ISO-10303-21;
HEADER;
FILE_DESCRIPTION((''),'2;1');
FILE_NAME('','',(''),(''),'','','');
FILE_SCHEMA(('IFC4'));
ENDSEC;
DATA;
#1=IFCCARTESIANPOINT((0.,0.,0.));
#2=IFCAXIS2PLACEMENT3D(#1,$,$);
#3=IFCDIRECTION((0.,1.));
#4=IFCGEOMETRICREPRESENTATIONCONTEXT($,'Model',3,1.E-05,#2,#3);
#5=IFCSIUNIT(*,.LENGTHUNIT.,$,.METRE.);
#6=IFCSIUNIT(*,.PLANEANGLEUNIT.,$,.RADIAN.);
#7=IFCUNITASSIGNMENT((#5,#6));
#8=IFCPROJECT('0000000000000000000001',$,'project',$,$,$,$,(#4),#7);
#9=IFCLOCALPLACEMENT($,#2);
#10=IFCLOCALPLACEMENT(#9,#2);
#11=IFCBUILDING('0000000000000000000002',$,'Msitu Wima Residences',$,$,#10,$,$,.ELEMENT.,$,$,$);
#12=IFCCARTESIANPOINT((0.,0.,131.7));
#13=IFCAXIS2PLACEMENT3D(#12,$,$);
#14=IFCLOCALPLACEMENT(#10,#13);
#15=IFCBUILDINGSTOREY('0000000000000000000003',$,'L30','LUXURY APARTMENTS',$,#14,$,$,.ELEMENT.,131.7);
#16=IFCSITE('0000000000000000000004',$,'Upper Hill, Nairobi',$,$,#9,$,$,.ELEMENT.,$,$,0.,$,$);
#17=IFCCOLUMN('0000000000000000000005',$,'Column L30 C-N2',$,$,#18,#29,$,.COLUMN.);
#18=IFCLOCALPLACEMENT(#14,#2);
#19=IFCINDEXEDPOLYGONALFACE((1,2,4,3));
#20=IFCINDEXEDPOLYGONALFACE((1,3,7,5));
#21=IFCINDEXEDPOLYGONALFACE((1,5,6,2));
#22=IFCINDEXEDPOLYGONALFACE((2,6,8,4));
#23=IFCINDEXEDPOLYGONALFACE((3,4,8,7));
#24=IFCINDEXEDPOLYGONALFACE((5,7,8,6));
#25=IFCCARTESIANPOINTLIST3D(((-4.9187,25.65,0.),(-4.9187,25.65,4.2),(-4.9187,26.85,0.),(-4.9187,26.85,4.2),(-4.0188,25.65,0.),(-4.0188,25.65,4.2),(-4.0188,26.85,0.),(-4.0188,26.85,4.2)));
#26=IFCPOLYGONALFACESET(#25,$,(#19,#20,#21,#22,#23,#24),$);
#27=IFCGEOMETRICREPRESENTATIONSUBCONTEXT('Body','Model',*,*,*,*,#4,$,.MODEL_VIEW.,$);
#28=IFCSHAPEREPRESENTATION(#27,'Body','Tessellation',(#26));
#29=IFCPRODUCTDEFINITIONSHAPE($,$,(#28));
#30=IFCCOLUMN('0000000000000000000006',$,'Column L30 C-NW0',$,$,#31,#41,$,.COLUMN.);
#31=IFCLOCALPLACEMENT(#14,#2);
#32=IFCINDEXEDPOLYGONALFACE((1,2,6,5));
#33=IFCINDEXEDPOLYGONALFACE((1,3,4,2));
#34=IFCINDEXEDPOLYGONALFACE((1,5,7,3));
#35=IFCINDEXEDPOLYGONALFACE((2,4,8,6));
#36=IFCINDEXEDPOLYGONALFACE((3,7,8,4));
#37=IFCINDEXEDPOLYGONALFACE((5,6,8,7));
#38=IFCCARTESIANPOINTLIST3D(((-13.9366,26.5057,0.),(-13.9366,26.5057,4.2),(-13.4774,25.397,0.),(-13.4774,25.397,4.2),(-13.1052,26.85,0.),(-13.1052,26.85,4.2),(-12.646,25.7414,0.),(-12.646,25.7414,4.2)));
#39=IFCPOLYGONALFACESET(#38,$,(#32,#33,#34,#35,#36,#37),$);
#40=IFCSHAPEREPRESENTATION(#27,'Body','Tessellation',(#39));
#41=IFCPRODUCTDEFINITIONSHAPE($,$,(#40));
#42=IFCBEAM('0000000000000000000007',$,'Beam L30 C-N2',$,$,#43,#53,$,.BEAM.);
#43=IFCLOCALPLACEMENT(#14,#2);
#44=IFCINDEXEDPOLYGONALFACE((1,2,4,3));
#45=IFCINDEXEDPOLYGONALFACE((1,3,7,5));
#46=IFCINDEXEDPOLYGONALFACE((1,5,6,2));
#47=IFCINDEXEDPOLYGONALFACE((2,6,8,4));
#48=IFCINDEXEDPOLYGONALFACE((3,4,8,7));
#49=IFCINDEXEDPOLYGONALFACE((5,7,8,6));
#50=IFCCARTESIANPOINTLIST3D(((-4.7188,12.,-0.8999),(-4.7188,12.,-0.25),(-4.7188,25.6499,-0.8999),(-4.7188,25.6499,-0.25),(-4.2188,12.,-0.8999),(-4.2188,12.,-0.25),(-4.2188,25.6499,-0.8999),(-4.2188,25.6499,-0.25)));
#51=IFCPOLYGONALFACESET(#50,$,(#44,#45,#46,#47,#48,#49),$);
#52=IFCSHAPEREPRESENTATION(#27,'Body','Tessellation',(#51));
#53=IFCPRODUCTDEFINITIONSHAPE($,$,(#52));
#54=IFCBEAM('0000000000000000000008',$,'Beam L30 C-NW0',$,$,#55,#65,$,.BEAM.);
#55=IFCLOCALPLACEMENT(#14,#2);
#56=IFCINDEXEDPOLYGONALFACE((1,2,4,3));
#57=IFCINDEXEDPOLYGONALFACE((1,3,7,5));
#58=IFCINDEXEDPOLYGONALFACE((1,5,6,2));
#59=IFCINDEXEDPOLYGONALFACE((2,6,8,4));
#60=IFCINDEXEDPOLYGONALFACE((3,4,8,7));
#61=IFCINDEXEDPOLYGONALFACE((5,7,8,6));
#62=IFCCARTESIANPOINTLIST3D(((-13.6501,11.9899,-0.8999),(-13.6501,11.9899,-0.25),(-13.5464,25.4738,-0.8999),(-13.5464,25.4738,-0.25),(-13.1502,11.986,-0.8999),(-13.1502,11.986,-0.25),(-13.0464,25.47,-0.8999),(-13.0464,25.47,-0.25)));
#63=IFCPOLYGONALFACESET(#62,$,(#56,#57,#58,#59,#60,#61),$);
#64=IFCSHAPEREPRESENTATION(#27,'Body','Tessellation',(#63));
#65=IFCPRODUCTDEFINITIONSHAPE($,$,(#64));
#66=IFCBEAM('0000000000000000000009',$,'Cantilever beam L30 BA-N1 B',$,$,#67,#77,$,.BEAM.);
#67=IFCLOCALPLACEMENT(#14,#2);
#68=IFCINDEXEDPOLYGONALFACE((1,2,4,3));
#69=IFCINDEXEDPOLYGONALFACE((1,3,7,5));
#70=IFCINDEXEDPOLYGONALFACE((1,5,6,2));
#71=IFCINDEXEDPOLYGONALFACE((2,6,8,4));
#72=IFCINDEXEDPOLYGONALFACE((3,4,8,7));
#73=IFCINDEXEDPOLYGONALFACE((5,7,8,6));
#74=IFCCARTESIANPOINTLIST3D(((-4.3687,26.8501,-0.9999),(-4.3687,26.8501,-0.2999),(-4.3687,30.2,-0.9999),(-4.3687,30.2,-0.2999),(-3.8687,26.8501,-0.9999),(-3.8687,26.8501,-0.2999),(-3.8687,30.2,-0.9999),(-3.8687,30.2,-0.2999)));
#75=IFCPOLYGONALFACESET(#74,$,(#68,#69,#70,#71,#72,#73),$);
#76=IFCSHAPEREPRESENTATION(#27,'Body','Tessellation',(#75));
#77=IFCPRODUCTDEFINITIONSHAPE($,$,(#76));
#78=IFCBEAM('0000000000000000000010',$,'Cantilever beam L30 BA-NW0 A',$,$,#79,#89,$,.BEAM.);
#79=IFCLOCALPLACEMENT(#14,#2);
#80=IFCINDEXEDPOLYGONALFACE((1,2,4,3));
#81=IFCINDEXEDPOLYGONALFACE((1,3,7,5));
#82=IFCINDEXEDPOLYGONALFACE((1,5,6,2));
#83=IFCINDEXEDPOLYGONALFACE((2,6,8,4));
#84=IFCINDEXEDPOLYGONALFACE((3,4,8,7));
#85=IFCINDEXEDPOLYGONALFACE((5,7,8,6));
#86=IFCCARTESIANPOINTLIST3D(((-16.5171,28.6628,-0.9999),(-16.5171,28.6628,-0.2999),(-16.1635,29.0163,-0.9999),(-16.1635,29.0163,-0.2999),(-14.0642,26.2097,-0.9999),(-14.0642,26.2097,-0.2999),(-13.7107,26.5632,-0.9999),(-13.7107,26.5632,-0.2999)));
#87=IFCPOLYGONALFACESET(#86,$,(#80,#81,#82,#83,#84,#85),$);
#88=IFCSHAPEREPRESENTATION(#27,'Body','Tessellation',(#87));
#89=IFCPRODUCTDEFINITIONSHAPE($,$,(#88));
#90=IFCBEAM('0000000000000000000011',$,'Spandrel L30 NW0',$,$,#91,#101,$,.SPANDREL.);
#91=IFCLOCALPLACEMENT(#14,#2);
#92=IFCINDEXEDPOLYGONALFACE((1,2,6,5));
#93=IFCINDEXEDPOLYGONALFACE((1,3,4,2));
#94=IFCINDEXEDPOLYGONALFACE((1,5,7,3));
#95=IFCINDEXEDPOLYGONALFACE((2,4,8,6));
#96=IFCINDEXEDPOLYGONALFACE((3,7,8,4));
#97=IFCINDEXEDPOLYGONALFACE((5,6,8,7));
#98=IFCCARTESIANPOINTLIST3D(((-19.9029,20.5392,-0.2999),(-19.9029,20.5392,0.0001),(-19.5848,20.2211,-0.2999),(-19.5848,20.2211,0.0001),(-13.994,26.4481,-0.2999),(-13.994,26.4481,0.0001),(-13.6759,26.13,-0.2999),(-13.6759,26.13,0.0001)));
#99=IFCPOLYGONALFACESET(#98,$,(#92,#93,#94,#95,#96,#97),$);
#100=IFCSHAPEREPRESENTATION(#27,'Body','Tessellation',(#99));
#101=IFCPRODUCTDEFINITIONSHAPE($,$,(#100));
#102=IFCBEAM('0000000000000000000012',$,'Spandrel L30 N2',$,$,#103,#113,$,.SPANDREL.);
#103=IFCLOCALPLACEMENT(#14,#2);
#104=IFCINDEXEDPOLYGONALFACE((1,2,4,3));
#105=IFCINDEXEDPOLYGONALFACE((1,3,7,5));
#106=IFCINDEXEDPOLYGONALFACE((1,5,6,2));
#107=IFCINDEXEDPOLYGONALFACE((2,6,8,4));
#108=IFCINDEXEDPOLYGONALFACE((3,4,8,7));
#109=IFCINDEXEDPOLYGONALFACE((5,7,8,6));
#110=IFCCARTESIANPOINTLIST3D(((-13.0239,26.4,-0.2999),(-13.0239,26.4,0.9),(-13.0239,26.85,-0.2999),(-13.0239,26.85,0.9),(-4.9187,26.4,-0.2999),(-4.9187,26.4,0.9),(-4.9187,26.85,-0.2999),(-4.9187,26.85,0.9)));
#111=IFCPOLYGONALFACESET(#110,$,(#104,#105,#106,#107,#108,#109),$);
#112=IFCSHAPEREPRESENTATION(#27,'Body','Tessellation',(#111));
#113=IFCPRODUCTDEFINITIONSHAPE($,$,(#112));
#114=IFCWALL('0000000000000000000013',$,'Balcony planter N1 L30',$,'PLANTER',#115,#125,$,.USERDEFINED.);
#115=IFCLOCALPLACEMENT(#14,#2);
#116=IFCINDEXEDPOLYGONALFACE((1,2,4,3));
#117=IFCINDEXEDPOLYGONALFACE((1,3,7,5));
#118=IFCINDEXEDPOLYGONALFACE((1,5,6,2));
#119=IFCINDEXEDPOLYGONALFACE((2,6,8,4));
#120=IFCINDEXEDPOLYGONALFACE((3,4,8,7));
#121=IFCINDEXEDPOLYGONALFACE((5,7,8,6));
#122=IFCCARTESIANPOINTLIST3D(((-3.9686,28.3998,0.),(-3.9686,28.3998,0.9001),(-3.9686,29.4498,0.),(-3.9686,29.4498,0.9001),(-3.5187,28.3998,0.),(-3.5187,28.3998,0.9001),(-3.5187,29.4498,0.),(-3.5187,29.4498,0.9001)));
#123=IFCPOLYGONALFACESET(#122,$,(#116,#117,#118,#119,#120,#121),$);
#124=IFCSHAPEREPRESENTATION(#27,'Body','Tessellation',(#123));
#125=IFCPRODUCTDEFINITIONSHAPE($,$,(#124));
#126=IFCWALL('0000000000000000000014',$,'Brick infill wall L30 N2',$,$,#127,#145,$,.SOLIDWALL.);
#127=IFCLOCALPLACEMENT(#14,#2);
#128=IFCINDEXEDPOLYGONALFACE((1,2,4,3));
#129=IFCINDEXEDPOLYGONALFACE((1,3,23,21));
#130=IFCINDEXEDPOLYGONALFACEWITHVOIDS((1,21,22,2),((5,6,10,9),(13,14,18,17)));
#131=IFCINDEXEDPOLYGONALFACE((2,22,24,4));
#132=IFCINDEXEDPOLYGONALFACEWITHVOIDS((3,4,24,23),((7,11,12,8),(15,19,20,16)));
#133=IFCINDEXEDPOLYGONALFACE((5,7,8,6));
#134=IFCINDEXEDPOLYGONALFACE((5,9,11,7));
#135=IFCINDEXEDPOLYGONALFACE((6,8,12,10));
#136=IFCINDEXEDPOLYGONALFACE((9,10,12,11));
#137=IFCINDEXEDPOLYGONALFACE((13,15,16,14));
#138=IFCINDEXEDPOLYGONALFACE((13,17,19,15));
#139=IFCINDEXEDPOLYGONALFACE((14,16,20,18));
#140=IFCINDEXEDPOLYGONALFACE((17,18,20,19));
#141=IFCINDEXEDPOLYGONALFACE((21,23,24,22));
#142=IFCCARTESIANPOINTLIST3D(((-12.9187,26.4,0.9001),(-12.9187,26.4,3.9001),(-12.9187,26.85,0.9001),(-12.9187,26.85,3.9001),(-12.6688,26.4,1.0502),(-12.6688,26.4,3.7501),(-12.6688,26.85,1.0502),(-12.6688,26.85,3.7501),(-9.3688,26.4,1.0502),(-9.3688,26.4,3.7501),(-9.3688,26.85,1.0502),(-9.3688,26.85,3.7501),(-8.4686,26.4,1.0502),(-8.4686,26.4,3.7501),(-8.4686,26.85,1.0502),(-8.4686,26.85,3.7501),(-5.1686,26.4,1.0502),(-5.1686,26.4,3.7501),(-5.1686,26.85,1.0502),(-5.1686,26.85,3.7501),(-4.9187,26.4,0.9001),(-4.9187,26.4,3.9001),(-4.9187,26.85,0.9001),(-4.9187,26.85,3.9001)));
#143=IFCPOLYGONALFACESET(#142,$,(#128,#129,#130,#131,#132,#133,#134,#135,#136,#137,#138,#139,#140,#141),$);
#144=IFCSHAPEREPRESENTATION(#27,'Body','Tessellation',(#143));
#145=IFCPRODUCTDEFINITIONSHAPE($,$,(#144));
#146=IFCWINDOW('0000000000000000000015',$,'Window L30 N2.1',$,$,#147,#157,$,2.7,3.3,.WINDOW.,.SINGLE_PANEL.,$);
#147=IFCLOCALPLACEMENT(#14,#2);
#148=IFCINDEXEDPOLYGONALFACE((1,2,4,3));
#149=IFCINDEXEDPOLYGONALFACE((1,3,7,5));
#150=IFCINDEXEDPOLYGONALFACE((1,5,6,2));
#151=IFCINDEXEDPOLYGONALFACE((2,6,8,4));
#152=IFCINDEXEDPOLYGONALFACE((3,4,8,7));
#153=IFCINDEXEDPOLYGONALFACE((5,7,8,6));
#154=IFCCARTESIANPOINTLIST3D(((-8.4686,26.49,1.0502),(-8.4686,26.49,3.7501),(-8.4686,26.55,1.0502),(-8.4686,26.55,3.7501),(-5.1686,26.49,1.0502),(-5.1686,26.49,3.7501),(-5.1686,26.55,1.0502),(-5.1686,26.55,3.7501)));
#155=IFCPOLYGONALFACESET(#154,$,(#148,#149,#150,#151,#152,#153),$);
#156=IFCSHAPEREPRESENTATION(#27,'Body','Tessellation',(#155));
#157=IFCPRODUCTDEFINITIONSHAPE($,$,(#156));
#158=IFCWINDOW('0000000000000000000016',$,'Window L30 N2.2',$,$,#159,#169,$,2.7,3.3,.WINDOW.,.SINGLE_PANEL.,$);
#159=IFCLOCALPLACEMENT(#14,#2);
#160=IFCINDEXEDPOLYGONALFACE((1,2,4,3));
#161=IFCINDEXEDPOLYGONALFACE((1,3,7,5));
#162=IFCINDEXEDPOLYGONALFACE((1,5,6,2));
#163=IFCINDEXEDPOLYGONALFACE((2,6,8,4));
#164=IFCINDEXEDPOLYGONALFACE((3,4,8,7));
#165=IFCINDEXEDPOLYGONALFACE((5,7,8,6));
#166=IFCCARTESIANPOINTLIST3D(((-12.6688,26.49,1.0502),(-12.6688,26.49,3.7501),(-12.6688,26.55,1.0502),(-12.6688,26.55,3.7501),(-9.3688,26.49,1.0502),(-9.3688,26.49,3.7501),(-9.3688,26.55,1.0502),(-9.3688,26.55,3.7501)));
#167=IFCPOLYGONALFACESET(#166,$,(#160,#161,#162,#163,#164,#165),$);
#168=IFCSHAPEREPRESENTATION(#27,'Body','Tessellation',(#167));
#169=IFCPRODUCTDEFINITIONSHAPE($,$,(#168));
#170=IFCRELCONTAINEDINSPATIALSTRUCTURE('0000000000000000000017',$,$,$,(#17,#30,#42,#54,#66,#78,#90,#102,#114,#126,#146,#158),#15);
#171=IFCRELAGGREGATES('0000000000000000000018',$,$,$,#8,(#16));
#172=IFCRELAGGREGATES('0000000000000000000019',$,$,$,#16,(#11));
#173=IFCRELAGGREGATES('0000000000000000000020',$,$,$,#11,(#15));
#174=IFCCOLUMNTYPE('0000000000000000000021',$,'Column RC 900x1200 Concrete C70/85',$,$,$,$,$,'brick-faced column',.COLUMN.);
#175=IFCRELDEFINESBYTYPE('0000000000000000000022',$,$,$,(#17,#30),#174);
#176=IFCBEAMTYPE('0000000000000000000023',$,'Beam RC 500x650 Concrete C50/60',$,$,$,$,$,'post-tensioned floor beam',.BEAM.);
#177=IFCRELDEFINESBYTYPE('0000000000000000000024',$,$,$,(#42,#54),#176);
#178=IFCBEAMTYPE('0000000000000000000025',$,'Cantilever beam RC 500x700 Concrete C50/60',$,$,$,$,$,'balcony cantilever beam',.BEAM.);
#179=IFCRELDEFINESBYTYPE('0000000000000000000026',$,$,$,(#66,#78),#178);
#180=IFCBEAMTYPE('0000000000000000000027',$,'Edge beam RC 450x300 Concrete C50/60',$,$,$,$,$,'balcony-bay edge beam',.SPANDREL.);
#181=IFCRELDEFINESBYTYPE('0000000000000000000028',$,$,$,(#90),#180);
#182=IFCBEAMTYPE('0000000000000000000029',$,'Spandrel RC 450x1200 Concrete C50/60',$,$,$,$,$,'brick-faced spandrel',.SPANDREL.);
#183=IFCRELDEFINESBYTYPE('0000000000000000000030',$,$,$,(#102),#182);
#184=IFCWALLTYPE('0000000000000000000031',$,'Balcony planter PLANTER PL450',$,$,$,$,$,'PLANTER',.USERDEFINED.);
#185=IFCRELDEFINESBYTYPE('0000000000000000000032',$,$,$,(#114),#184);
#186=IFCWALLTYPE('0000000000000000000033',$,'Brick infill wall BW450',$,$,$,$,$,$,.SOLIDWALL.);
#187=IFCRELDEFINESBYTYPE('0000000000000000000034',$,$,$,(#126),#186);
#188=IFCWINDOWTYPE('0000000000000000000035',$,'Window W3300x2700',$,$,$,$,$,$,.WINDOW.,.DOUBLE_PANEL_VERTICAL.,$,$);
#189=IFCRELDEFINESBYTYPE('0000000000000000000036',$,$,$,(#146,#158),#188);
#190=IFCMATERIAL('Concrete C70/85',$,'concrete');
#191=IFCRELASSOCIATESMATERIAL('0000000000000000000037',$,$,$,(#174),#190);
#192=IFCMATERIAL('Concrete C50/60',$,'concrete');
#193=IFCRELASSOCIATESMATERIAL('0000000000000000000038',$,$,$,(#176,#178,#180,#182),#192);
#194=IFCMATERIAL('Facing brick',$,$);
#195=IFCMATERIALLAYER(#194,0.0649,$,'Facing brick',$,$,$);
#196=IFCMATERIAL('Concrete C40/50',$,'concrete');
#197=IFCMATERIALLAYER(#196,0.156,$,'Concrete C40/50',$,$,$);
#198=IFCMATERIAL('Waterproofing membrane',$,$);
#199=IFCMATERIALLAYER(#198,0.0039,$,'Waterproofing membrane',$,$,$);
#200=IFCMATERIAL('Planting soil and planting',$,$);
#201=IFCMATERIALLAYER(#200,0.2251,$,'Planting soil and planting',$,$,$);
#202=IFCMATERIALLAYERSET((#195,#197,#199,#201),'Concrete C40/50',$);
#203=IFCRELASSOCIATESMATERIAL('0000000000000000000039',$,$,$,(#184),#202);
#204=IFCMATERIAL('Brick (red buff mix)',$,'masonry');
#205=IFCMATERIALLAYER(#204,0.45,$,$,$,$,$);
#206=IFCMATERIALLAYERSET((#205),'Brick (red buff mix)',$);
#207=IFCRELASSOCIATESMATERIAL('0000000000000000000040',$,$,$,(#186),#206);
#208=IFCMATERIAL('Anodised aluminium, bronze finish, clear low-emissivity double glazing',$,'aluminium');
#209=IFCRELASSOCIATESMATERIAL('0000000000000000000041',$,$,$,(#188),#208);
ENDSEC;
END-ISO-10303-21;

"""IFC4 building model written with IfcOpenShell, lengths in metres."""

from ifc_helpers import new_model, si_unit, direction, frame, frame_2d, origin, origin_2d, place, context, subcontext, project, spatial, rectangle, extrude, material, layer, layer_set, material_profile, profile_set, type_object, element, fill, save


model = new_model("IFC4")

# Units and contexts
model_context = context("Model", 3, precision=1e-05, world=origin(), true_north=direction((0.0, 1.0)))
body_context = subcontext(model_context, "Body", "Model", "MODEL_VIEW")
ifc_project = project(units=[si_unit("LENGTHUNIT", "METRE"), si_unit("PLANEANGLEUNIT", "RADIAN")], contexts=[model_context])

# Site, building, storey
site_placement = place(None, origin())
site = spatial("IfcSite", under=ifc_project, at=site_placement, Name="Upper Hill, Nairobi", CompositionType="ELEMENT", RefElevation=0.0)
building_placement = place(site_placement, origin())
building = spatial("IfcBuilding", under=site, at=building_placement, Name="Msitu Wima Residences", CompositionType="ELEMENT")
storey_placement = place(building_placement, frame((0.0, 0.0, 131.7)))
storey = spatial("IfcBuildingStorey", under=building, at=storey_placement, Name="L30", Description="LUXURY APARTMENTS", CompositionType="ELEMENT", Elevation=131.7)

# Columns
ifc_material_1 = material(Name="Concrete C70/85", Category="concrete")
ifc_material_profile_1 = material_profile(ifc_material_1, rectangle(XDim=0.8999, YDim=1.2, at=origin_2d()), Name="RC 900x1200")
ifc_profile_set_1 = profile_set([ifc_material_profile_1], Name="Concrete C70/85")
column_type = type_object("IfcColumnType", Name="Column RC 900x1200 Concrete C70/85", ElementType="brick-faced column", PredefinedType="COLUMN", material=ifc_profile_set_1)
for number, where, z_axis, x_axis, name in (
    (1, (-4.4688, 26.25, 0.0), (0.0, 0.0, 1.0), (-1.0, 0.0, 0.0), "Column L30 C-N2"),
    (2, (-13.2913, 26.1235, 0.0), (0.0, 0.0, 1.0), (-0.92388, -0.382683, 0.0), "Column L30 C-NW0"),
):
    element("IfcColumn", number, at=place(storey_placement, frame(where, z_axis=z_axis, x_axis=x_axis)), inside=storey, type_object=column_type, Name=name, PredefinedType="COLUMN", context=body_context, shape_type="SweptSolid", body=[
        extrude(rectangle(XDim=0.8999, YDim=1.2, at=origin_2d()), origin(), (0.0, 0.0, 1.0), 4.2),
    ])

# Beams
ifc_material_2 = material(Name="Concrete C50/60", Category="concrete")
ifc_material_profile_2 = material_profile(ifc_material_2, rectangle(XDim=0.5, YDim=0.6499, at=origin_2d()), Name="RC 500x650")
ifc_profile_set_2 = profile_set([ifc_material_profile_2], Name="Concrete C50/60")
beam_type_1 = type_object("IfcBeamType", Name="Beam RC 500x650 Concrete C50/60", ElementType="post-tensioned floor beam", PredefinedType="BEAM", material=ifc_profile_set_2)
beam_1_placement = place(storey_placement, frame((-4.4688, 25.6499, -0.575), z_axis=(0.0, -1.0, 0.0), x_axis=(1.0, 0.0, 0.0)))
element("IfcBeam", 3, at=beam_1_placement, inside=storey, type_object=beam_type_1, Name="Beam L30 C-N2", PredefinedType="BEAM", context=body_context, shape_type="SweptSolid", body=[
    extrude(rectangle(XDim=0.5, YDim=0.6499, at=origin_2d()), origin(), (0.0, 0.0, 1.0), 13.6499),
])
beam_2_placement = place(storey_placement, frame((-13.2964, 25.4719, -0.575), z_axis=(-0.007695, -0.99997, 0.0), x_axis=(0.99997, -0.007695, 0.0)))
element("IfcBeam", 4, at=beam_2_placement, inside=storey, type_object=beam_type_1, Name="Beam L30 C-NW0", PredefinedType="BEAM", context=body_context, shape_type="SweptSolid", body=[
    extrude(rectangle(XDim=0.5, YDim=0.6499, at=origin_2d()), origin(), (0.0, 0.0, 1.0), 13.4844),
])
ifc_material_profile_3 = material_profile(ifc_material_2, rectangle(XDim=0.5, YDim=0.7, at=origin_2d()), Name="RC 500x700")
ifc_profile_set_3 = profile_set([ifc_material_profile_3], Name="Concrete C50/60")
beam_type_2 = type_object("IfcBeamType", Name="Cantilever beam RC 500x700 Concrete C50/60", ElementType="balcony cantilever beam", PredefinedType="BEAM", material=ifc_profile_set_3)
beam_3_placement = place(storey_placement, frame((-4.1187, 26.8501, -0.6499), z_axis=(0.0, 1.0, 0.0), x_axis=(-1.0, 0.0, 0.0)))
element("IfcBeam", 5, at=beam_3_placement, inside=storey, type_object=beam_type_2, Name="Cantilever beam L30 BA-N1 B", PredefinedType="BEAM", context=body_context, shape_type="SweptSolid", body=[
    extrude(rectangle(XDim=0.5, YDim=0.7, at=origin_2d()), origin(), (0.0, 0.0, 1.0), 3.3499),
])
beam_4_placement = place(storey_placement, frame((-13.8875, 26.3865, -0.6499), z_axis=(-0.707072, 0.707142, 0.0), x_axis=(-0.707142, -0.707072, 0.0)))
element("IfcBeam", 6, at=beam_4_placement, inside=storey, type_object=beam_type_2, Name="Cantilever beam L30 BA-NW0 A", PredefinedType="BEAM", context=body_context, shape_type="SweptSolid", body=[
    extrude(rectangle(XDim=0.5, YDim=0.7, at=origin_2d()), origin(), (0.0, 0.0, 1.0), 3.469),
])
ifc_material_profile_4 = material_profile(ifc_material_2, rectangle(XDim=0.45, YDim=0.3, at=origin_2d()), Name="RC 450x300")
ifc_profile_set_4 = profile_set([ifc_material_profile_4], Name="Concrete C50/60")
beam_type_3 = type_object("IfcBeamType", Name="Edge beam RC 450x300 Concrete C50/60", ElementType="balcony-bay edge beam", PredefinedType="SPANDREL", material=ifc_profile_set_4)
beam_5_placement = place(storey_placement, frame((-13.835, 26.2891, -0.1499), z_axis=(-0.707107, -0.707107, 0.0), x_axis=(0.707107, -0.707107, 0.0)))
element("IfcBeam", 7, at=beam_5_placement, inside=storey, type_object=beam_type_3, Name="Spandrel L30 NW0", PredefinedType="SPANDREL", context=body_context, shape_type="SweptSolid", body=[
    extrude(rectangle(XDim=0.45, YDim=0.3, at=origin_2d()), origin(), (0.0, 0.0, 1.0), 8.3564),
])
ifc_material_profile_5 = material_profile(ifc_material_2, rectangle(XDim=0.45, YDim=1.2, at=origin_2d()), Name="RC 450x1200")
ifc_profile_set_5 = profile_set([ifc_material_profile_5], Name="Concrete C50/60")
beam_type_4 = type_object("IfcBeamType", Name="Spandrel RC 450x1200 Concrete C50/60", ElementType="brick-faced spandrel", PredefinedType="SPANDREL", material=ifc_profile_set_5)
beam_6_placement = place(storey_placement, frame((-4.9187, 26.625, 0.3), z_axis=(-1.0, 0.0, 0.0), x_axis=(0.0, -1.0, 0.0)))
element("IfcBeam", 8, at=beam_6_placement, inside=storey, type_object=beam_type_4, Name="Spandrel L30 N2", PredefinedType="SPANDREL", context=body_context, shape_type="SweptSolid", body=[
    extrude(rectangle(XDim=0.45, YDim=1.2, at=origin_2d()), origin(), (0.0, 0.0, 1.0), 8.1052),
])

# Wall
ifc_material_3 = material(Name="Facing brick")
ifc_layer_1 = layer(ifc_material_3, 0.0649, Name="Facing brick")
ifc_material_4 = material(Name="Concrete C40/50", Category="concrete")
ifc_layer_2 = layer(ifc_material_4, 0.156, Name="Concrete C40/50")
ifc_material_5 = material(Name="Waterproofing membrane")
ifc_layer_3 = layer(ifc_material_5, 0.0039, Name="Waterproofing membrane")
ifc_material_6 = material(Name="Planting soil and planting")
ifc_layer_4 = layer(ifc_material_6, 0.2251, Name="Planting soil and planting")
ifc_layer_set_1 = layer_set([ifc_layer_1, ifc_layer_2, ifc_layer_3, ifc_layer_4], Name="Concrete C40/50")
wall_type_1 = type_object("IfcWallType", Name="Balcony planter PLANTER PL450", ElementType="PLANTER", PredefinedType="USERDEFINED", material=ifc_layer_set_1)
wall_1_placement = place(storey_placement, frame((-3.7437, 28.3999, 0.0), z_axis=(0.0, 0.0, 1.0), x_axis=(0.0, 1.0, 0.0)))
element("IfcWall", 9, at=wall_1_placement, inside=storey, type_object=wall_type_1, Name="Balcony planter N1 L30", ObjectType="PLANTER", PredefinedType="USERDEFINED", context=body_context, shape_type="SweptSolid", body=[
    extrude(rectangle(XDim=1.05, YDim=0.45, at=frame_2d((0.5249, 0.0))), origin(), (0.0, 0.0, 1.0), 0.9001),
])

# Wall, openings, windows
ifc_material_7 = material(Name="Brick (red buff mix)", Category="masonry")
ifc_layer_5 = layer(ifc_material_7, 0.45)
ifc_layer_set_2 = layer_set([ifc_layer_5], Name="Brick (red buff mix)")
wall_type_2 = type_object("IfcWallType", Name="Brick infill wall BW450", PredefinedType="SOLIDWALL", material=ifc_layer_set_2)
wall_2_placement = place(storey_placement, frame((-4.9187, 26.625, 0.9001), z_axis=(0.0, 0.0, 1.0), x_axis=(-1.0, 0.0, 0.0)))
wall_2 = element("IfcWall", 10, at=wall_2_placement, inside=storey, type_object=wall_type_2, Name="Brick infill wall L30 N2", PredefinedType="SOLIDWALL", context=body_context, shape_type="SweptSolid", body=[
    extrude(rectangle(XDim=8.0, YDim=0.45, at=frame_2d((4.0, 0.0))), origin(), (0.0, 0.0, 1.0), 3.0),
])
opening_1_placement = place(wall_2_placement, frame((0.25, 0.0, 0.1499)))
opening_1 = element("IfcOpeningElement", 11, at=opening_1_placement, cuts=wall_2, PredefinedType="OPENING", context=body_context, shape_type="SweptSolid", body=[
    extrude(rectangle(XDim=3.3, YDim=2.7, at=frame_2d((1.6499, 1.3501))), frame((0.0, 0.2349, 0.0), z_axis=(0.0, -1.0, 0.0), x_axis=(1.0, 0.0, 0.0)), (0.0, 0.0, 1.0), 0.47),
])
opening_2_placement = place(wall_2_placement, frame((4.4502, 0.0, 0.1499)))
opening_2 = element("IfcOpeningElement", 12, at=opening_2_placement, cuts=wall_2, PredefinedType="OPENING", context=body_context, shape_type="SweptSolid", body=[
    extrude(rectangle(XDim=3.3, YDim=2.7, at=frame_2d((1.6499, 1.3501))), frame((0.0, 0.2349, 0.0), z_axis=(0.0, -1.0, 0.0), x_axis=(1.0, 0.0, 0.0)), (0.0, 0.0, 1.0), 0.47),
])
ifc_material_8 = material(Name="Anodised aluminium, bronze finish, clear low-emissivity double glazing", Category="aluminium")
window_type = type_object("IfcWindowType", Name="Window W3300x2700", PartitioningType="DOUBLE_PANEL_VERTICAL", PredefinedType="WINDOW", material=ifc_material_8)
window_1_placement = place(opening_1_placement, origin())
window_1 = element("IfcWindow", 13, at=window_1_placement, inside=storey, type_object=window_type, Name="Window L30 N2.1", OverallHeight=2.7, OverallWidth=3.3, PartitioningType="SINGLE_PANEL", PredefinedType="WINDOW", context=body_context, shape_type="SweptSolid", body=[
    extrude(rectangle(XDim=3.3, YDim=2.7, at=frame_2d((1.6499, 1.3501))), frame((0.0, 0.135, 0.0), z_axis=(0.0, -1.0, 0.0), x_axis=(1.0, 0.0, 0.0)), (0.0, 0.0, 1.0), 0.0601),
])
fill(opening_1, window_1)
window_2_placement = place(opening_2_placement, origin())
window_2 = element("IfcWindow", 14, at=window_2_placement, inside=storey, type_object=window_type, Name="Window L30 N2.2", OverallHeight=2.7, OverallWidth=3.3, PartitioningType="SINGLE_PANEL", PredefinedType="WINDOW", context=body_context, shape_type="SweptSolid", body=[
    extrude(rectangle(XDim=3.3, YDim=2.7, at=frame_2d((1.6499, 1.3501))), frame((0.0, 0.135, 0.0), z_axis=(0.0, -1.0, 0.0), x_axis=(1.0, 0.0, 0.0)), (0.0, 0.0, 1.0), 0.0601),
])
fill(opening_2, window_2)

save(model, "model.ifc")
